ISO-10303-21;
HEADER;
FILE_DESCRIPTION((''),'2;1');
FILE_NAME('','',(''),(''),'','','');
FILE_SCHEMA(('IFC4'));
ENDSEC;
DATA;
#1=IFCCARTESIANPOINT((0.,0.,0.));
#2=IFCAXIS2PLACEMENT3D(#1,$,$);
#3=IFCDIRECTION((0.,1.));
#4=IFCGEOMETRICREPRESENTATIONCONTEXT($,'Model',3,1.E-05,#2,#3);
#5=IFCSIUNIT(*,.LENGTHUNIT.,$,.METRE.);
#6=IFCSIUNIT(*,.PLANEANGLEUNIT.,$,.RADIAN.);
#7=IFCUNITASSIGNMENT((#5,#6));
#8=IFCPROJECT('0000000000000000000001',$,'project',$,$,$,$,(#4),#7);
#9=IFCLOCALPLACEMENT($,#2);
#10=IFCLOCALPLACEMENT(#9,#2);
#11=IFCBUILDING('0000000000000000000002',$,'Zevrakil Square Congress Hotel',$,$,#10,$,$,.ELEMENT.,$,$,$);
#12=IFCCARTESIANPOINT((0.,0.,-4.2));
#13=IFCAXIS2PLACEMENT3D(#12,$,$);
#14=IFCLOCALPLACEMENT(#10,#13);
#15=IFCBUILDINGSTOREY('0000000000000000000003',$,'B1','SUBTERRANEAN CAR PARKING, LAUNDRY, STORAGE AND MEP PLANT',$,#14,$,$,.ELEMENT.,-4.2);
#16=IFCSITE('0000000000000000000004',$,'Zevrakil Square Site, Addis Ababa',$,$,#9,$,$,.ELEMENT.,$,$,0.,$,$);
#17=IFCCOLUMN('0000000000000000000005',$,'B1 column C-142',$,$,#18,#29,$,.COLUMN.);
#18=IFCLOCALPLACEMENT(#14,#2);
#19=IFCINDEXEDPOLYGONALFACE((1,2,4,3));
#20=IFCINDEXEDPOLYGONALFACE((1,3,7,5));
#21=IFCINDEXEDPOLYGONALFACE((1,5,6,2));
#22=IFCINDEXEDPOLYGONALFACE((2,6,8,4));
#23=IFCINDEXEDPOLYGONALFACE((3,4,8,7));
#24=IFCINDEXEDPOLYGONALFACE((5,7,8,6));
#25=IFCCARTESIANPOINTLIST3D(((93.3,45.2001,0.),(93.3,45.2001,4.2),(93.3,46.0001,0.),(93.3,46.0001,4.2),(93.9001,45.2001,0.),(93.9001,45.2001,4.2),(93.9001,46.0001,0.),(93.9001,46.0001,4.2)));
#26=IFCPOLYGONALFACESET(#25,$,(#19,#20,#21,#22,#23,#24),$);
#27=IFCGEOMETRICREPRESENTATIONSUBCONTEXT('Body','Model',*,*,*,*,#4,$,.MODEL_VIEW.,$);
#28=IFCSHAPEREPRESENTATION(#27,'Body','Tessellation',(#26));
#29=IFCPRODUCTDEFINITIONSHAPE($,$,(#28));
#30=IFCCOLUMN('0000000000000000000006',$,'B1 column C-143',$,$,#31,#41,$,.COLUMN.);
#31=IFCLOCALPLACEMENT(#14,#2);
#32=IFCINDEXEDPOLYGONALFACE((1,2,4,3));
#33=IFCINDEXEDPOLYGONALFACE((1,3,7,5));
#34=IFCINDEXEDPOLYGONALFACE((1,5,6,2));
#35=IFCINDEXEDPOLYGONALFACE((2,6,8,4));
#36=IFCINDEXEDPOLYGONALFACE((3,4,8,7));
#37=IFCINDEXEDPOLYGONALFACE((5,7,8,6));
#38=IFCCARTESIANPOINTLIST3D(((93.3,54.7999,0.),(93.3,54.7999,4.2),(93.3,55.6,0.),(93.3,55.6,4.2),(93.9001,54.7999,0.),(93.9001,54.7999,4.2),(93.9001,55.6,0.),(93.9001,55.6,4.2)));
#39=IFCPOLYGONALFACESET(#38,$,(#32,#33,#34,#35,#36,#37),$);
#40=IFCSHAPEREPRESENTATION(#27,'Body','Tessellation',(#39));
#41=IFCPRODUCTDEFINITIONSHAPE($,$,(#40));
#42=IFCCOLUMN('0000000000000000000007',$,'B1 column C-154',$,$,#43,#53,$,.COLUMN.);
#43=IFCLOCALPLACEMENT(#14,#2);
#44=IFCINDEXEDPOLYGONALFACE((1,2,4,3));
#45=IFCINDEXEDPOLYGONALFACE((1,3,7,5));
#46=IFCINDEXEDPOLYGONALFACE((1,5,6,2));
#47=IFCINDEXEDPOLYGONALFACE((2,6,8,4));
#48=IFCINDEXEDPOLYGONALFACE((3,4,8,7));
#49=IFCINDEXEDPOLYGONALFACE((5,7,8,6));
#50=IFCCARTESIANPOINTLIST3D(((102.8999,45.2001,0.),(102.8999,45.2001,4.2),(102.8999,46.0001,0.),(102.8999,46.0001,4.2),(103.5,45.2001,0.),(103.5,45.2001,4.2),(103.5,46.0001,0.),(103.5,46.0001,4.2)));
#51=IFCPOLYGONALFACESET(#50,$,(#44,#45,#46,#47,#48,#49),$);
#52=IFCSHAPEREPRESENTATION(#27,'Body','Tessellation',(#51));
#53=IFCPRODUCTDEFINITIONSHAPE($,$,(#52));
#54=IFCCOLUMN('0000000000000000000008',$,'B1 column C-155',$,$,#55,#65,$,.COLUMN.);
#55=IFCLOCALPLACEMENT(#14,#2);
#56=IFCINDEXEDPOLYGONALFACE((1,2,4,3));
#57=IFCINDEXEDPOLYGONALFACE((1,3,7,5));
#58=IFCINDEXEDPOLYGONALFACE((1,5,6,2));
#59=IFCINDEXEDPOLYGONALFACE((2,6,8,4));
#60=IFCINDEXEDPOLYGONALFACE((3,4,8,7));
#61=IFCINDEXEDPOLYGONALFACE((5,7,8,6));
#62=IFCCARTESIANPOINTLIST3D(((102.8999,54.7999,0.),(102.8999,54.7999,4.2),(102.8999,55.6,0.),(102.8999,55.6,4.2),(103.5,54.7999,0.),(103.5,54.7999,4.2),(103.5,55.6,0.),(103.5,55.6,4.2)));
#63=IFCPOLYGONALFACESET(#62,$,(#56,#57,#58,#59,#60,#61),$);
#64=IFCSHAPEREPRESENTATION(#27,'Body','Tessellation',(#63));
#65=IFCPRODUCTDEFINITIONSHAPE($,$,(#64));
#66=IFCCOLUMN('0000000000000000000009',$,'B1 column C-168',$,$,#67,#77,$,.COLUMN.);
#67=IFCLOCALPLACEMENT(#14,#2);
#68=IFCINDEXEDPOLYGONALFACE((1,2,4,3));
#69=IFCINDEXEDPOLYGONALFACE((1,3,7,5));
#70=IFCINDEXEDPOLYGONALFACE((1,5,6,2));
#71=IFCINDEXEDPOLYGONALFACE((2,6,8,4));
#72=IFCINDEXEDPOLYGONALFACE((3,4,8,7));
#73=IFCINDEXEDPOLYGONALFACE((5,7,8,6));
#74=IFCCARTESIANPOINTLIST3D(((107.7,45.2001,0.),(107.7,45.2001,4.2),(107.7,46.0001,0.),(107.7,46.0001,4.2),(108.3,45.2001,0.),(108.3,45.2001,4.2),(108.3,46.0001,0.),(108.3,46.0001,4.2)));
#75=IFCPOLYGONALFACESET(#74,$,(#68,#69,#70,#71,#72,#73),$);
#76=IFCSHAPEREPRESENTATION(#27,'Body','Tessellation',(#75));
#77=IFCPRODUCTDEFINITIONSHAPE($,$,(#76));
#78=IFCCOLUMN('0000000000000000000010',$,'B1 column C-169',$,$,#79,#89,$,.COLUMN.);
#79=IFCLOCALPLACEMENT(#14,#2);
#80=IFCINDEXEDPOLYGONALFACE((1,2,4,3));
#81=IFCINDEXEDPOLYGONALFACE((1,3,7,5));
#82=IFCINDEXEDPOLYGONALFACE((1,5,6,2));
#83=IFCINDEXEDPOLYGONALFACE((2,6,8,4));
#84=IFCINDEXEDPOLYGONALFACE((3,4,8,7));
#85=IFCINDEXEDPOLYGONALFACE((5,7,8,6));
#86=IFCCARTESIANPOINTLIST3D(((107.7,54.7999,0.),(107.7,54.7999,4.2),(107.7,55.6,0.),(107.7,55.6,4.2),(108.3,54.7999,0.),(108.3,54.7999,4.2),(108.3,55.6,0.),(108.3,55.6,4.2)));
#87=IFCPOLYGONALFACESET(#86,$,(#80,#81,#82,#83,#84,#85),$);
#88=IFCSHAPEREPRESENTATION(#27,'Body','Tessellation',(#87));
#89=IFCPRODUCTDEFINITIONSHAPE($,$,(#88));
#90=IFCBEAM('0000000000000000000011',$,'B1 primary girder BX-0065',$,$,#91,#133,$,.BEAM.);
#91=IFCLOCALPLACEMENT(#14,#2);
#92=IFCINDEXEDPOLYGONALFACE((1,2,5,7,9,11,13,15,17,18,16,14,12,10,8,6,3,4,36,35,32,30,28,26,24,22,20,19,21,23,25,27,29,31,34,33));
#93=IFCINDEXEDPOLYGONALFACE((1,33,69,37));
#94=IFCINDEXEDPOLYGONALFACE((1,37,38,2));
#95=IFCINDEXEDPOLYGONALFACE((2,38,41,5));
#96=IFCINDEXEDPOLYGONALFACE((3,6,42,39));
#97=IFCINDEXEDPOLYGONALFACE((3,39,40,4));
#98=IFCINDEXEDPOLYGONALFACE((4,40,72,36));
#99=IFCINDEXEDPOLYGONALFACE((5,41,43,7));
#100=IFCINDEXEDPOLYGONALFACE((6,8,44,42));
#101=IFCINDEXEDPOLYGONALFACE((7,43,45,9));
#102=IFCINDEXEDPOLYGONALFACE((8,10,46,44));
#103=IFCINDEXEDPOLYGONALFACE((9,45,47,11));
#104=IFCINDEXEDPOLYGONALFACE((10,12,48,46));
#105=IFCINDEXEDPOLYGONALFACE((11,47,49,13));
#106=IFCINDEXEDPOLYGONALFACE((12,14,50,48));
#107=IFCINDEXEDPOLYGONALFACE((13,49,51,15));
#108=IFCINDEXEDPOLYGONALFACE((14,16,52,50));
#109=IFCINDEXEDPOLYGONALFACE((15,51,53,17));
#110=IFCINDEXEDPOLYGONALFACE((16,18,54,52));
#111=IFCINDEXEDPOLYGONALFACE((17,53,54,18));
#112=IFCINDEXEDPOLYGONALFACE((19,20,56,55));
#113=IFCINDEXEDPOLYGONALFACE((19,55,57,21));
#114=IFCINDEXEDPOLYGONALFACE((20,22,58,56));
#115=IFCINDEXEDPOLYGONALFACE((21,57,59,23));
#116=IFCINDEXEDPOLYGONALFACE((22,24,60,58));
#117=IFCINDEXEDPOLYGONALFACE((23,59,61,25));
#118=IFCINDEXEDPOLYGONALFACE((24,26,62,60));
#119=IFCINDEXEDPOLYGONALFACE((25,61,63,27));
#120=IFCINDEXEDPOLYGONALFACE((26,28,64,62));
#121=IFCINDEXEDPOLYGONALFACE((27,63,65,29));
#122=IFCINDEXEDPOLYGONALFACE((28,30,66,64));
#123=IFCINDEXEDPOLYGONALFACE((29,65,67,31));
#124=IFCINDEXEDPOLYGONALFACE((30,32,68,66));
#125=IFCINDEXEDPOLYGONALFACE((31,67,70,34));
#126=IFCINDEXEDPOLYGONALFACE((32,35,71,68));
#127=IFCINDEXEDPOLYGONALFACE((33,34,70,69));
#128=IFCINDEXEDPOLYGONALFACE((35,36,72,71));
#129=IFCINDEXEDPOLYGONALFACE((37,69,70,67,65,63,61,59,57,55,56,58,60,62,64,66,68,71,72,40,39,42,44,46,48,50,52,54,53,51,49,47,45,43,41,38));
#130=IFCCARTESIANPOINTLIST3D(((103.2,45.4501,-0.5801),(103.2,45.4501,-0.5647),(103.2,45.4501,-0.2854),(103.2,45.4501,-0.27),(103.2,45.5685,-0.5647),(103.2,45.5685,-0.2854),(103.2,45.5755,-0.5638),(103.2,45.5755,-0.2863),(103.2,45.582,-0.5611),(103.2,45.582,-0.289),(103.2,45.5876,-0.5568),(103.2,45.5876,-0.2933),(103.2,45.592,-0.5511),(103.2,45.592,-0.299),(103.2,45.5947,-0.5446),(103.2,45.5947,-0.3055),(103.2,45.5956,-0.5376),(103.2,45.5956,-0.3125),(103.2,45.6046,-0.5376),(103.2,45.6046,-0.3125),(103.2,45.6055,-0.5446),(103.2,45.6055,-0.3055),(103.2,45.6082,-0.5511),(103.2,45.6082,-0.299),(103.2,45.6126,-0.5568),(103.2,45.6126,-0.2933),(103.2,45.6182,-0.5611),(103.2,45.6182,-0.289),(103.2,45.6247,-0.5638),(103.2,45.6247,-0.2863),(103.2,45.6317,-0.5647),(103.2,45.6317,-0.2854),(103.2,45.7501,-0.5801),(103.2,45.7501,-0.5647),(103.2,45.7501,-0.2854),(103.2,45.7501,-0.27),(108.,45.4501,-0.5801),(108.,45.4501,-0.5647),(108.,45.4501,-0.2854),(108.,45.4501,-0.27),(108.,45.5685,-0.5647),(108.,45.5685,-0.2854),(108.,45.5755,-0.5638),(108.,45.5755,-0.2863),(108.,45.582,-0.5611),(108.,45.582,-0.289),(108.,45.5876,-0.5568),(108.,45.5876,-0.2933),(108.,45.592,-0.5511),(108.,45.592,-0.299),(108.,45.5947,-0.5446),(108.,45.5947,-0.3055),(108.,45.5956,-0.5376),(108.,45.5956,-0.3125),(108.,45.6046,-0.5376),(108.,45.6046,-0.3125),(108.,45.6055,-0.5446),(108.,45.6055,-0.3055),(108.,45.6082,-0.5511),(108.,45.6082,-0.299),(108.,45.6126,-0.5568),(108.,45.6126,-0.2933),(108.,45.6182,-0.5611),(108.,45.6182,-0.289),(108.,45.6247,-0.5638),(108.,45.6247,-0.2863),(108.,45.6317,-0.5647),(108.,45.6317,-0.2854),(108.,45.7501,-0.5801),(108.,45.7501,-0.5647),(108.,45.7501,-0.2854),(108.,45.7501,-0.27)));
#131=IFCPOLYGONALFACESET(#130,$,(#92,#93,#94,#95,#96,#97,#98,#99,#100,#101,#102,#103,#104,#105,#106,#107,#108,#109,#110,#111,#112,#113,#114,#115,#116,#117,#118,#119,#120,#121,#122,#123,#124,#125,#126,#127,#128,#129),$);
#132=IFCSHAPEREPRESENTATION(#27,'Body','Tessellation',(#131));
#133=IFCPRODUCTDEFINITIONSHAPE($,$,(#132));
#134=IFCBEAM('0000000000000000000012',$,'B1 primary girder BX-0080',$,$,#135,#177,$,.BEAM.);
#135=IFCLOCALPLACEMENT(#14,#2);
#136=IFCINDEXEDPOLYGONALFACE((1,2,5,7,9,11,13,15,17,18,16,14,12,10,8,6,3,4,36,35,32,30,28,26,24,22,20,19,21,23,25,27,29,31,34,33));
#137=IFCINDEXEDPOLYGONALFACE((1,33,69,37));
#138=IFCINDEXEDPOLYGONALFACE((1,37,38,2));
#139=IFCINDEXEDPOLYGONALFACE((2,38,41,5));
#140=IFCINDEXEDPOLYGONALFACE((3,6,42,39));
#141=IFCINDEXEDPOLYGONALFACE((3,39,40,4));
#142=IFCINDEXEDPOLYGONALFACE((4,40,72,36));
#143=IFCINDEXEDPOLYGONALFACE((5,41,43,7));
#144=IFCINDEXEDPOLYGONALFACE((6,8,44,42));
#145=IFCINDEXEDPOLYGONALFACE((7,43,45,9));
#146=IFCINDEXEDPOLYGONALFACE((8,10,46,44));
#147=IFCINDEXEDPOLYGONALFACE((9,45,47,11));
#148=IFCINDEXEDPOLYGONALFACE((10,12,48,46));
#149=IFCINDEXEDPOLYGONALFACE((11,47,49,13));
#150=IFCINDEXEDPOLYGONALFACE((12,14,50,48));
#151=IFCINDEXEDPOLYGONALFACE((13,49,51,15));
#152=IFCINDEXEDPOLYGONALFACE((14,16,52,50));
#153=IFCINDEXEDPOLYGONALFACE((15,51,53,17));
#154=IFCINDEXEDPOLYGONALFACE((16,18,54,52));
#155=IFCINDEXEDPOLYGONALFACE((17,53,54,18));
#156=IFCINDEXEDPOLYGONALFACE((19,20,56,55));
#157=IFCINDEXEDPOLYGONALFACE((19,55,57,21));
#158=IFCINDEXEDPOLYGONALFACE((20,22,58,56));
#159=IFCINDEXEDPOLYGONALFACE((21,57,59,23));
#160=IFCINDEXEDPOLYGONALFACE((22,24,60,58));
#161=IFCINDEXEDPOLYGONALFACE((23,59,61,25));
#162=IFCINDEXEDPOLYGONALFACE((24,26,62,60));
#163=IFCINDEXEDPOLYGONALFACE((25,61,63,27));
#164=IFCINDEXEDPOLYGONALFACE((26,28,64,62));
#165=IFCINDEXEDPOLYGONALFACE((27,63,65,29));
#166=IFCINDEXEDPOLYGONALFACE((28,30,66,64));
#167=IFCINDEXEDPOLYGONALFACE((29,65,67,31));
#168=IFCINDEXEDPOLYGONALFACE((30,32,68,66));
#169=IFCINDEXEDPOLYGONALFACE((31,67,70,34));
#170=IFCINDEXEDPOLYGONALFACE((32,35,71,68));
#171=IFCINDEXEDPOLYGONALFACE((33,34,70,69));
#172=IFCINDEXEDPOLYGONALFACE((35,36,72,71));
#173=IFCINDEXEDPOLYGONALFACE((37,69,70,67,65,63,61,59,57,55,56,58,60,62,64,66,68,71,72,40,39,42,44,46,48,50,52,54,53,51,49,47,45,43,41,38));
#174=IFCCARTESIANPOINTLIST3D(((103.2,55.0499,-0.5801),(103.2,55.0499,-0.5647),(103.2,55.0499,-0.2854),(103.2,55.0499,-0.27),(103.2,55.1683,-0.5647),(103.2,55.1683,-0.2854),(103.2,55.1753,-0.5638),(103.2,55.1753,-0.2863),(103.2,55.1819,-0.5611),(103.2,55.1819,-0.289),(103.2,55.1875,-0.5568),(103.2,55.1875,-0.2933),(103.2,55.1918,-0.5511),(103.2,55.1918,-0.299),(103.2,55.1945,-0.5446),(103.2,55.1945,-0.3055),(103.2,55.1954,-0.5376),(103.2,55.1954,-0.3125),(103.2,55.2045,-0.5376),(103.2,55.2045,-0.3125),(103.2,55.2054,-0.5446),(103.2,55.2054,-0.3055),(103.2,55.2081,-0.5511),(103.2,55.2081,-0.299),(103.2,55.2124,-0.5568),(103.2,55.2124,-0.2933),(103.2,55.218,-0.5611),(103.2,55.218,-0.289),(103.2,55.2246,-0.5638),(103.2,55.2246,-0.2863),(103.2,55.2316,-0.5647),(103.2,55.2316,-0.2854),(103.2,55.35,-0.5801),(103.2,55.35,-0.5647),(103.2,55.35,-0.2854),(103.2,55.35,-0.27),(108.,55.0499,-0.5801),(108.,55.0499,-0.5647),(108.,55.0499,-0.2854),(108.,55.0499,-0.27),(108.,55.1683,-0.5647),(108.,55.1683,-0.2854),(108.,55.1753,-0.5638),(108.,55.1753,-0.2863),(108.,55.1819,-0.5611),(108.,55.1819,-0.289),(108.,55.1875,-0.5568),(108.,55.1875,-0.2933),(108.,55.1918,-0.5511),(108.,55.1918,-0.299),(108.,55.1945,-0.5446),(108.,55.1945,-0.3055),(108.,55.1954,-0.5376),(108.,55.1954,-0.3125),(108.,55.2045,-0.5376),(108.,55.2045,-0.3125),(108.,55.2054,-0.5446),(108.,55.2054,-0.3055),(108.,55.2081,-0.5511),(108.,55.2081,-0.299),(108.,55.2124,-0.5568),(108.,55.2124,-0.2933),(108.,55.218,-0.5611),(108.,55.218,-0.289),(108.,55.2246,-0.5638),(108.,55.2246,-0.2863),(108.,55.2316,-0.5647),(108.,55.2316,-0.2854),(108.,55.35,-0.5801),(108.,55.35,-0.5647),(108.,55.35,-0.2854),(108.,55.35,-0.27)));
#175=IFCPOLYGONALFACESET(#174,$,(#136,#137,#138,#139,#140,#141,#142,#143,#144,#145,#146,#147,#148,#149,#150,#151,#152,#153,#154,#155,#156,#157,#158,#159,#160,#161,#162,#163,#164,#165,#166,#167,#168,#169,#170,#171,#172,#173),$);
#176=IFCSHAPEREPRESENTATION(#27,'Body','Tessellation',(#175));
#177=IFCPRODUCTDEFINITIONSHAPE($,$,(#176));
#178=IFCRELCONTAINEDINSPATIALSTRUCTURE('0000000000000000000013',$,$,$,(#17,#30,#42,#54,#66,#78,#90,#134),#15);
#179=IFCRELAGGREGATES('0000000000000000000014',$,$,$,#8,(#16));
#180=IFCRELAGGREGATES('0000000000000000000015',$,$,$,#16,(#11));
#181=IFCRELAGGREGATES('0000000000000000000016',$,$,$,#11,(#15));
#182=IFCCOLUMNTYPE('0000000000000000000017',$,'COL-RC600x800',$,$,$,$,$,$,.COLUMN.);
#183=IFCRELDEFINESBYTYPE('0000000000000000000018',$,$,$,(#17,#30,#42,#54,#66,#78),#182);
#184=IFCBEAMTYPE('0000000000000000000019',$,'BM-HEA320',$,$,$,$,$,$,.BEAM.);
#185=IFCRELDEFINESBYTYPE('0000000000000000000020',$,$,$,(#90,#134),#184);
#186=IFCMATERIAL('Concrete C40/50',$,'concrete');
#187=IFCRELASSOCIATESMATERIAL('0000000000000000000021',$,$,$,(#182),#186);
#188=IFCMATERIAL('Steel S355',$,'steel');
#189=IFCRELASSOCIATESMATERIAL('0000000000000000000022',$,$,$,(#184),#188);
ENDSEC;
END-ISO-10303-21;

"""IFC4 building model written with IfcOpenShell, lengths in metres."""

from ifc_helpers import new_model, si_unit, direction, frame, origin, origin_2d, place, context, subcontext, project, spatial, rectangle, i_section, extrude, material, material_profile, profile_set, type_object, element, save


model = new_model("IFC4")

# Units and contexts
model_context = context("Model", 3, precision=1e-05, world=origin(), true_north=direction((0.0, 1.0)))
body_context = subcontext(model_context, "Body", "Model", "MODEL_VIEW")
ifc_project = project(units=[si_unit("LENGTHUNIT", "METRE"), si_unit("PLANEANGLEUNIT", "RADIAN")], contexts=[model_context])

# Site, building, storey
site_placement = place(None, origin())
site = spatial("IfcSite", under=ifc_project, at=site_placement, Name="Zevrakil Square Site, Addis Ababa", CompositionType="ELEMENT", RefElevation=0.0)
building_placement = place(site_placement, origin())
building = spatial("IfcBuilding", under=site, at=building_placement, Name="Zevrakil Square Congress Hotel", CompositionType="ELEMENT")
storey_placement = place(building_placement, frame((0.0, 0.0, -4.2)))
storey = spatial("IfcBuildingStorey", under=building, at=storey_placement, Name="B1", Description="SUBTERRANEAN CAR PARKING, LAUNDRY, STORAGE AND MEP PLANT", CompositionType="ELEMENT", Elevation=-4.2)

# Columns
ifc_material_1 = material(Name="Concrete C40/50", Category="concrete")
ifc_material_profile_1 = material_profile(ifc_material_1, rectangle(XDim=0.6001, YDim=0.8, at=origin_2d()), Name="RC 600x800")
ifc_profile_set_1 = profile_set([ifc_material_profile_1], Name="Concrete C40/50")
column_type = type_object("IfcColumnType", Name="COL-RC600x800", PredefinedType="COLUMN", material=ifc_profile_set_1)
for number, where, z_axis, x_axis, name in (
    (1, (93.6001, 45.6001, 0.0), (0.0, 0.0, 1.0), (1.0, 0.0, 0.0), "B1 column C-142"),
    (2, (93.6001, 55.2, 0.0), (0.0, 0.0, 1.0), (1.0, 0.0, 0.0), "B1 column C-143"),
    (3, (103.2, 45.6001, 0.0), (0.0, 0.0, 1.0), (1.0, 0.0, 0.0), "B1 column C-154"),
    (4, (103.2, 55.2, 0.0), (0.0, 0.0, 1.0), (1.0, 0.0, 0.0), "B1 column C-155"),
    (5, (108.0, 45.6001, 0.0), (0.0, 0.0, 1.0), (1.0, 0.0, 0.0), "B1 column C-168"),
    (6, (108.0, 55.2, 0.0), (0.0, 0.0, 1.0), (1.0, 0.0, 0.0), "B1 column C-169"),
):
    element("IfcColumn", number, at=place(storey_placement, frame(where, z_axis=z_axis, x_axis=x_axis)), inside=storey, type_object=column_type, Name=name, PredefinedType="COLUMN", context=body_context, shape_type="SweptSolid", body=[
        extrude(rectangle(XDim=0.6001, YDim=0.8, at=origin_2d()), origin(), (0.0, 0.0, 1.0), 4.2),
    ])

# Beams
ifc_material_2 = material(Name="Steel S355", Category="steel")
ifc_material_profile_2 = material_profile(ifc_material_2, i_section(OverallWidth=0.3, OverallDepth=0.3101, WebThickness=0.009, FlangeThickness=0.0154, FilletRadius=0.0271, at=origin_2d()), Name="HEA 320")
ifc_profile_set_2 = profile_set([ifc_material_profile_2], Name="Steel S355")
beam_type_1 = type_object("IfcBeamType", Name="BM-HEA320", PredefinedType="BEAM", material=ifc_profile_set_2)
for number, where, z_axis, x_axis, name in (
    (7, (103.2, 45.6001, -0.425), (1.0, 0.0, 0.0), (0.0, 1.0, 0.0), "B1 primary girder BX-0065"),
    (8, (103.2, 55.2, -0.425), (1.0, 0.0, 0.0), (0.0, 1.0, 0.0), "B1 primary girder BX-0080"),
):
    element("IfcBeam", number, at=place(storey_placement, frame(where, z_axis=z_axis, x_axis=x_axis)), inside=storey, type_object=beam_type_1, Name=name, PredefinedType="BEAM", context=body_context, shape_type="SweptSolid", body=[
        extrude(i_section(OverallWidth=0.3, OverallDepth=0.3101, WebThickness=0.009, FlangeThickness=0.0154, FilletRadius=0.0271, at=origin_2d()), origin(), (0.0, 0.0, 1.0), 4.8),
    ])

save(model, "model.ifc")
